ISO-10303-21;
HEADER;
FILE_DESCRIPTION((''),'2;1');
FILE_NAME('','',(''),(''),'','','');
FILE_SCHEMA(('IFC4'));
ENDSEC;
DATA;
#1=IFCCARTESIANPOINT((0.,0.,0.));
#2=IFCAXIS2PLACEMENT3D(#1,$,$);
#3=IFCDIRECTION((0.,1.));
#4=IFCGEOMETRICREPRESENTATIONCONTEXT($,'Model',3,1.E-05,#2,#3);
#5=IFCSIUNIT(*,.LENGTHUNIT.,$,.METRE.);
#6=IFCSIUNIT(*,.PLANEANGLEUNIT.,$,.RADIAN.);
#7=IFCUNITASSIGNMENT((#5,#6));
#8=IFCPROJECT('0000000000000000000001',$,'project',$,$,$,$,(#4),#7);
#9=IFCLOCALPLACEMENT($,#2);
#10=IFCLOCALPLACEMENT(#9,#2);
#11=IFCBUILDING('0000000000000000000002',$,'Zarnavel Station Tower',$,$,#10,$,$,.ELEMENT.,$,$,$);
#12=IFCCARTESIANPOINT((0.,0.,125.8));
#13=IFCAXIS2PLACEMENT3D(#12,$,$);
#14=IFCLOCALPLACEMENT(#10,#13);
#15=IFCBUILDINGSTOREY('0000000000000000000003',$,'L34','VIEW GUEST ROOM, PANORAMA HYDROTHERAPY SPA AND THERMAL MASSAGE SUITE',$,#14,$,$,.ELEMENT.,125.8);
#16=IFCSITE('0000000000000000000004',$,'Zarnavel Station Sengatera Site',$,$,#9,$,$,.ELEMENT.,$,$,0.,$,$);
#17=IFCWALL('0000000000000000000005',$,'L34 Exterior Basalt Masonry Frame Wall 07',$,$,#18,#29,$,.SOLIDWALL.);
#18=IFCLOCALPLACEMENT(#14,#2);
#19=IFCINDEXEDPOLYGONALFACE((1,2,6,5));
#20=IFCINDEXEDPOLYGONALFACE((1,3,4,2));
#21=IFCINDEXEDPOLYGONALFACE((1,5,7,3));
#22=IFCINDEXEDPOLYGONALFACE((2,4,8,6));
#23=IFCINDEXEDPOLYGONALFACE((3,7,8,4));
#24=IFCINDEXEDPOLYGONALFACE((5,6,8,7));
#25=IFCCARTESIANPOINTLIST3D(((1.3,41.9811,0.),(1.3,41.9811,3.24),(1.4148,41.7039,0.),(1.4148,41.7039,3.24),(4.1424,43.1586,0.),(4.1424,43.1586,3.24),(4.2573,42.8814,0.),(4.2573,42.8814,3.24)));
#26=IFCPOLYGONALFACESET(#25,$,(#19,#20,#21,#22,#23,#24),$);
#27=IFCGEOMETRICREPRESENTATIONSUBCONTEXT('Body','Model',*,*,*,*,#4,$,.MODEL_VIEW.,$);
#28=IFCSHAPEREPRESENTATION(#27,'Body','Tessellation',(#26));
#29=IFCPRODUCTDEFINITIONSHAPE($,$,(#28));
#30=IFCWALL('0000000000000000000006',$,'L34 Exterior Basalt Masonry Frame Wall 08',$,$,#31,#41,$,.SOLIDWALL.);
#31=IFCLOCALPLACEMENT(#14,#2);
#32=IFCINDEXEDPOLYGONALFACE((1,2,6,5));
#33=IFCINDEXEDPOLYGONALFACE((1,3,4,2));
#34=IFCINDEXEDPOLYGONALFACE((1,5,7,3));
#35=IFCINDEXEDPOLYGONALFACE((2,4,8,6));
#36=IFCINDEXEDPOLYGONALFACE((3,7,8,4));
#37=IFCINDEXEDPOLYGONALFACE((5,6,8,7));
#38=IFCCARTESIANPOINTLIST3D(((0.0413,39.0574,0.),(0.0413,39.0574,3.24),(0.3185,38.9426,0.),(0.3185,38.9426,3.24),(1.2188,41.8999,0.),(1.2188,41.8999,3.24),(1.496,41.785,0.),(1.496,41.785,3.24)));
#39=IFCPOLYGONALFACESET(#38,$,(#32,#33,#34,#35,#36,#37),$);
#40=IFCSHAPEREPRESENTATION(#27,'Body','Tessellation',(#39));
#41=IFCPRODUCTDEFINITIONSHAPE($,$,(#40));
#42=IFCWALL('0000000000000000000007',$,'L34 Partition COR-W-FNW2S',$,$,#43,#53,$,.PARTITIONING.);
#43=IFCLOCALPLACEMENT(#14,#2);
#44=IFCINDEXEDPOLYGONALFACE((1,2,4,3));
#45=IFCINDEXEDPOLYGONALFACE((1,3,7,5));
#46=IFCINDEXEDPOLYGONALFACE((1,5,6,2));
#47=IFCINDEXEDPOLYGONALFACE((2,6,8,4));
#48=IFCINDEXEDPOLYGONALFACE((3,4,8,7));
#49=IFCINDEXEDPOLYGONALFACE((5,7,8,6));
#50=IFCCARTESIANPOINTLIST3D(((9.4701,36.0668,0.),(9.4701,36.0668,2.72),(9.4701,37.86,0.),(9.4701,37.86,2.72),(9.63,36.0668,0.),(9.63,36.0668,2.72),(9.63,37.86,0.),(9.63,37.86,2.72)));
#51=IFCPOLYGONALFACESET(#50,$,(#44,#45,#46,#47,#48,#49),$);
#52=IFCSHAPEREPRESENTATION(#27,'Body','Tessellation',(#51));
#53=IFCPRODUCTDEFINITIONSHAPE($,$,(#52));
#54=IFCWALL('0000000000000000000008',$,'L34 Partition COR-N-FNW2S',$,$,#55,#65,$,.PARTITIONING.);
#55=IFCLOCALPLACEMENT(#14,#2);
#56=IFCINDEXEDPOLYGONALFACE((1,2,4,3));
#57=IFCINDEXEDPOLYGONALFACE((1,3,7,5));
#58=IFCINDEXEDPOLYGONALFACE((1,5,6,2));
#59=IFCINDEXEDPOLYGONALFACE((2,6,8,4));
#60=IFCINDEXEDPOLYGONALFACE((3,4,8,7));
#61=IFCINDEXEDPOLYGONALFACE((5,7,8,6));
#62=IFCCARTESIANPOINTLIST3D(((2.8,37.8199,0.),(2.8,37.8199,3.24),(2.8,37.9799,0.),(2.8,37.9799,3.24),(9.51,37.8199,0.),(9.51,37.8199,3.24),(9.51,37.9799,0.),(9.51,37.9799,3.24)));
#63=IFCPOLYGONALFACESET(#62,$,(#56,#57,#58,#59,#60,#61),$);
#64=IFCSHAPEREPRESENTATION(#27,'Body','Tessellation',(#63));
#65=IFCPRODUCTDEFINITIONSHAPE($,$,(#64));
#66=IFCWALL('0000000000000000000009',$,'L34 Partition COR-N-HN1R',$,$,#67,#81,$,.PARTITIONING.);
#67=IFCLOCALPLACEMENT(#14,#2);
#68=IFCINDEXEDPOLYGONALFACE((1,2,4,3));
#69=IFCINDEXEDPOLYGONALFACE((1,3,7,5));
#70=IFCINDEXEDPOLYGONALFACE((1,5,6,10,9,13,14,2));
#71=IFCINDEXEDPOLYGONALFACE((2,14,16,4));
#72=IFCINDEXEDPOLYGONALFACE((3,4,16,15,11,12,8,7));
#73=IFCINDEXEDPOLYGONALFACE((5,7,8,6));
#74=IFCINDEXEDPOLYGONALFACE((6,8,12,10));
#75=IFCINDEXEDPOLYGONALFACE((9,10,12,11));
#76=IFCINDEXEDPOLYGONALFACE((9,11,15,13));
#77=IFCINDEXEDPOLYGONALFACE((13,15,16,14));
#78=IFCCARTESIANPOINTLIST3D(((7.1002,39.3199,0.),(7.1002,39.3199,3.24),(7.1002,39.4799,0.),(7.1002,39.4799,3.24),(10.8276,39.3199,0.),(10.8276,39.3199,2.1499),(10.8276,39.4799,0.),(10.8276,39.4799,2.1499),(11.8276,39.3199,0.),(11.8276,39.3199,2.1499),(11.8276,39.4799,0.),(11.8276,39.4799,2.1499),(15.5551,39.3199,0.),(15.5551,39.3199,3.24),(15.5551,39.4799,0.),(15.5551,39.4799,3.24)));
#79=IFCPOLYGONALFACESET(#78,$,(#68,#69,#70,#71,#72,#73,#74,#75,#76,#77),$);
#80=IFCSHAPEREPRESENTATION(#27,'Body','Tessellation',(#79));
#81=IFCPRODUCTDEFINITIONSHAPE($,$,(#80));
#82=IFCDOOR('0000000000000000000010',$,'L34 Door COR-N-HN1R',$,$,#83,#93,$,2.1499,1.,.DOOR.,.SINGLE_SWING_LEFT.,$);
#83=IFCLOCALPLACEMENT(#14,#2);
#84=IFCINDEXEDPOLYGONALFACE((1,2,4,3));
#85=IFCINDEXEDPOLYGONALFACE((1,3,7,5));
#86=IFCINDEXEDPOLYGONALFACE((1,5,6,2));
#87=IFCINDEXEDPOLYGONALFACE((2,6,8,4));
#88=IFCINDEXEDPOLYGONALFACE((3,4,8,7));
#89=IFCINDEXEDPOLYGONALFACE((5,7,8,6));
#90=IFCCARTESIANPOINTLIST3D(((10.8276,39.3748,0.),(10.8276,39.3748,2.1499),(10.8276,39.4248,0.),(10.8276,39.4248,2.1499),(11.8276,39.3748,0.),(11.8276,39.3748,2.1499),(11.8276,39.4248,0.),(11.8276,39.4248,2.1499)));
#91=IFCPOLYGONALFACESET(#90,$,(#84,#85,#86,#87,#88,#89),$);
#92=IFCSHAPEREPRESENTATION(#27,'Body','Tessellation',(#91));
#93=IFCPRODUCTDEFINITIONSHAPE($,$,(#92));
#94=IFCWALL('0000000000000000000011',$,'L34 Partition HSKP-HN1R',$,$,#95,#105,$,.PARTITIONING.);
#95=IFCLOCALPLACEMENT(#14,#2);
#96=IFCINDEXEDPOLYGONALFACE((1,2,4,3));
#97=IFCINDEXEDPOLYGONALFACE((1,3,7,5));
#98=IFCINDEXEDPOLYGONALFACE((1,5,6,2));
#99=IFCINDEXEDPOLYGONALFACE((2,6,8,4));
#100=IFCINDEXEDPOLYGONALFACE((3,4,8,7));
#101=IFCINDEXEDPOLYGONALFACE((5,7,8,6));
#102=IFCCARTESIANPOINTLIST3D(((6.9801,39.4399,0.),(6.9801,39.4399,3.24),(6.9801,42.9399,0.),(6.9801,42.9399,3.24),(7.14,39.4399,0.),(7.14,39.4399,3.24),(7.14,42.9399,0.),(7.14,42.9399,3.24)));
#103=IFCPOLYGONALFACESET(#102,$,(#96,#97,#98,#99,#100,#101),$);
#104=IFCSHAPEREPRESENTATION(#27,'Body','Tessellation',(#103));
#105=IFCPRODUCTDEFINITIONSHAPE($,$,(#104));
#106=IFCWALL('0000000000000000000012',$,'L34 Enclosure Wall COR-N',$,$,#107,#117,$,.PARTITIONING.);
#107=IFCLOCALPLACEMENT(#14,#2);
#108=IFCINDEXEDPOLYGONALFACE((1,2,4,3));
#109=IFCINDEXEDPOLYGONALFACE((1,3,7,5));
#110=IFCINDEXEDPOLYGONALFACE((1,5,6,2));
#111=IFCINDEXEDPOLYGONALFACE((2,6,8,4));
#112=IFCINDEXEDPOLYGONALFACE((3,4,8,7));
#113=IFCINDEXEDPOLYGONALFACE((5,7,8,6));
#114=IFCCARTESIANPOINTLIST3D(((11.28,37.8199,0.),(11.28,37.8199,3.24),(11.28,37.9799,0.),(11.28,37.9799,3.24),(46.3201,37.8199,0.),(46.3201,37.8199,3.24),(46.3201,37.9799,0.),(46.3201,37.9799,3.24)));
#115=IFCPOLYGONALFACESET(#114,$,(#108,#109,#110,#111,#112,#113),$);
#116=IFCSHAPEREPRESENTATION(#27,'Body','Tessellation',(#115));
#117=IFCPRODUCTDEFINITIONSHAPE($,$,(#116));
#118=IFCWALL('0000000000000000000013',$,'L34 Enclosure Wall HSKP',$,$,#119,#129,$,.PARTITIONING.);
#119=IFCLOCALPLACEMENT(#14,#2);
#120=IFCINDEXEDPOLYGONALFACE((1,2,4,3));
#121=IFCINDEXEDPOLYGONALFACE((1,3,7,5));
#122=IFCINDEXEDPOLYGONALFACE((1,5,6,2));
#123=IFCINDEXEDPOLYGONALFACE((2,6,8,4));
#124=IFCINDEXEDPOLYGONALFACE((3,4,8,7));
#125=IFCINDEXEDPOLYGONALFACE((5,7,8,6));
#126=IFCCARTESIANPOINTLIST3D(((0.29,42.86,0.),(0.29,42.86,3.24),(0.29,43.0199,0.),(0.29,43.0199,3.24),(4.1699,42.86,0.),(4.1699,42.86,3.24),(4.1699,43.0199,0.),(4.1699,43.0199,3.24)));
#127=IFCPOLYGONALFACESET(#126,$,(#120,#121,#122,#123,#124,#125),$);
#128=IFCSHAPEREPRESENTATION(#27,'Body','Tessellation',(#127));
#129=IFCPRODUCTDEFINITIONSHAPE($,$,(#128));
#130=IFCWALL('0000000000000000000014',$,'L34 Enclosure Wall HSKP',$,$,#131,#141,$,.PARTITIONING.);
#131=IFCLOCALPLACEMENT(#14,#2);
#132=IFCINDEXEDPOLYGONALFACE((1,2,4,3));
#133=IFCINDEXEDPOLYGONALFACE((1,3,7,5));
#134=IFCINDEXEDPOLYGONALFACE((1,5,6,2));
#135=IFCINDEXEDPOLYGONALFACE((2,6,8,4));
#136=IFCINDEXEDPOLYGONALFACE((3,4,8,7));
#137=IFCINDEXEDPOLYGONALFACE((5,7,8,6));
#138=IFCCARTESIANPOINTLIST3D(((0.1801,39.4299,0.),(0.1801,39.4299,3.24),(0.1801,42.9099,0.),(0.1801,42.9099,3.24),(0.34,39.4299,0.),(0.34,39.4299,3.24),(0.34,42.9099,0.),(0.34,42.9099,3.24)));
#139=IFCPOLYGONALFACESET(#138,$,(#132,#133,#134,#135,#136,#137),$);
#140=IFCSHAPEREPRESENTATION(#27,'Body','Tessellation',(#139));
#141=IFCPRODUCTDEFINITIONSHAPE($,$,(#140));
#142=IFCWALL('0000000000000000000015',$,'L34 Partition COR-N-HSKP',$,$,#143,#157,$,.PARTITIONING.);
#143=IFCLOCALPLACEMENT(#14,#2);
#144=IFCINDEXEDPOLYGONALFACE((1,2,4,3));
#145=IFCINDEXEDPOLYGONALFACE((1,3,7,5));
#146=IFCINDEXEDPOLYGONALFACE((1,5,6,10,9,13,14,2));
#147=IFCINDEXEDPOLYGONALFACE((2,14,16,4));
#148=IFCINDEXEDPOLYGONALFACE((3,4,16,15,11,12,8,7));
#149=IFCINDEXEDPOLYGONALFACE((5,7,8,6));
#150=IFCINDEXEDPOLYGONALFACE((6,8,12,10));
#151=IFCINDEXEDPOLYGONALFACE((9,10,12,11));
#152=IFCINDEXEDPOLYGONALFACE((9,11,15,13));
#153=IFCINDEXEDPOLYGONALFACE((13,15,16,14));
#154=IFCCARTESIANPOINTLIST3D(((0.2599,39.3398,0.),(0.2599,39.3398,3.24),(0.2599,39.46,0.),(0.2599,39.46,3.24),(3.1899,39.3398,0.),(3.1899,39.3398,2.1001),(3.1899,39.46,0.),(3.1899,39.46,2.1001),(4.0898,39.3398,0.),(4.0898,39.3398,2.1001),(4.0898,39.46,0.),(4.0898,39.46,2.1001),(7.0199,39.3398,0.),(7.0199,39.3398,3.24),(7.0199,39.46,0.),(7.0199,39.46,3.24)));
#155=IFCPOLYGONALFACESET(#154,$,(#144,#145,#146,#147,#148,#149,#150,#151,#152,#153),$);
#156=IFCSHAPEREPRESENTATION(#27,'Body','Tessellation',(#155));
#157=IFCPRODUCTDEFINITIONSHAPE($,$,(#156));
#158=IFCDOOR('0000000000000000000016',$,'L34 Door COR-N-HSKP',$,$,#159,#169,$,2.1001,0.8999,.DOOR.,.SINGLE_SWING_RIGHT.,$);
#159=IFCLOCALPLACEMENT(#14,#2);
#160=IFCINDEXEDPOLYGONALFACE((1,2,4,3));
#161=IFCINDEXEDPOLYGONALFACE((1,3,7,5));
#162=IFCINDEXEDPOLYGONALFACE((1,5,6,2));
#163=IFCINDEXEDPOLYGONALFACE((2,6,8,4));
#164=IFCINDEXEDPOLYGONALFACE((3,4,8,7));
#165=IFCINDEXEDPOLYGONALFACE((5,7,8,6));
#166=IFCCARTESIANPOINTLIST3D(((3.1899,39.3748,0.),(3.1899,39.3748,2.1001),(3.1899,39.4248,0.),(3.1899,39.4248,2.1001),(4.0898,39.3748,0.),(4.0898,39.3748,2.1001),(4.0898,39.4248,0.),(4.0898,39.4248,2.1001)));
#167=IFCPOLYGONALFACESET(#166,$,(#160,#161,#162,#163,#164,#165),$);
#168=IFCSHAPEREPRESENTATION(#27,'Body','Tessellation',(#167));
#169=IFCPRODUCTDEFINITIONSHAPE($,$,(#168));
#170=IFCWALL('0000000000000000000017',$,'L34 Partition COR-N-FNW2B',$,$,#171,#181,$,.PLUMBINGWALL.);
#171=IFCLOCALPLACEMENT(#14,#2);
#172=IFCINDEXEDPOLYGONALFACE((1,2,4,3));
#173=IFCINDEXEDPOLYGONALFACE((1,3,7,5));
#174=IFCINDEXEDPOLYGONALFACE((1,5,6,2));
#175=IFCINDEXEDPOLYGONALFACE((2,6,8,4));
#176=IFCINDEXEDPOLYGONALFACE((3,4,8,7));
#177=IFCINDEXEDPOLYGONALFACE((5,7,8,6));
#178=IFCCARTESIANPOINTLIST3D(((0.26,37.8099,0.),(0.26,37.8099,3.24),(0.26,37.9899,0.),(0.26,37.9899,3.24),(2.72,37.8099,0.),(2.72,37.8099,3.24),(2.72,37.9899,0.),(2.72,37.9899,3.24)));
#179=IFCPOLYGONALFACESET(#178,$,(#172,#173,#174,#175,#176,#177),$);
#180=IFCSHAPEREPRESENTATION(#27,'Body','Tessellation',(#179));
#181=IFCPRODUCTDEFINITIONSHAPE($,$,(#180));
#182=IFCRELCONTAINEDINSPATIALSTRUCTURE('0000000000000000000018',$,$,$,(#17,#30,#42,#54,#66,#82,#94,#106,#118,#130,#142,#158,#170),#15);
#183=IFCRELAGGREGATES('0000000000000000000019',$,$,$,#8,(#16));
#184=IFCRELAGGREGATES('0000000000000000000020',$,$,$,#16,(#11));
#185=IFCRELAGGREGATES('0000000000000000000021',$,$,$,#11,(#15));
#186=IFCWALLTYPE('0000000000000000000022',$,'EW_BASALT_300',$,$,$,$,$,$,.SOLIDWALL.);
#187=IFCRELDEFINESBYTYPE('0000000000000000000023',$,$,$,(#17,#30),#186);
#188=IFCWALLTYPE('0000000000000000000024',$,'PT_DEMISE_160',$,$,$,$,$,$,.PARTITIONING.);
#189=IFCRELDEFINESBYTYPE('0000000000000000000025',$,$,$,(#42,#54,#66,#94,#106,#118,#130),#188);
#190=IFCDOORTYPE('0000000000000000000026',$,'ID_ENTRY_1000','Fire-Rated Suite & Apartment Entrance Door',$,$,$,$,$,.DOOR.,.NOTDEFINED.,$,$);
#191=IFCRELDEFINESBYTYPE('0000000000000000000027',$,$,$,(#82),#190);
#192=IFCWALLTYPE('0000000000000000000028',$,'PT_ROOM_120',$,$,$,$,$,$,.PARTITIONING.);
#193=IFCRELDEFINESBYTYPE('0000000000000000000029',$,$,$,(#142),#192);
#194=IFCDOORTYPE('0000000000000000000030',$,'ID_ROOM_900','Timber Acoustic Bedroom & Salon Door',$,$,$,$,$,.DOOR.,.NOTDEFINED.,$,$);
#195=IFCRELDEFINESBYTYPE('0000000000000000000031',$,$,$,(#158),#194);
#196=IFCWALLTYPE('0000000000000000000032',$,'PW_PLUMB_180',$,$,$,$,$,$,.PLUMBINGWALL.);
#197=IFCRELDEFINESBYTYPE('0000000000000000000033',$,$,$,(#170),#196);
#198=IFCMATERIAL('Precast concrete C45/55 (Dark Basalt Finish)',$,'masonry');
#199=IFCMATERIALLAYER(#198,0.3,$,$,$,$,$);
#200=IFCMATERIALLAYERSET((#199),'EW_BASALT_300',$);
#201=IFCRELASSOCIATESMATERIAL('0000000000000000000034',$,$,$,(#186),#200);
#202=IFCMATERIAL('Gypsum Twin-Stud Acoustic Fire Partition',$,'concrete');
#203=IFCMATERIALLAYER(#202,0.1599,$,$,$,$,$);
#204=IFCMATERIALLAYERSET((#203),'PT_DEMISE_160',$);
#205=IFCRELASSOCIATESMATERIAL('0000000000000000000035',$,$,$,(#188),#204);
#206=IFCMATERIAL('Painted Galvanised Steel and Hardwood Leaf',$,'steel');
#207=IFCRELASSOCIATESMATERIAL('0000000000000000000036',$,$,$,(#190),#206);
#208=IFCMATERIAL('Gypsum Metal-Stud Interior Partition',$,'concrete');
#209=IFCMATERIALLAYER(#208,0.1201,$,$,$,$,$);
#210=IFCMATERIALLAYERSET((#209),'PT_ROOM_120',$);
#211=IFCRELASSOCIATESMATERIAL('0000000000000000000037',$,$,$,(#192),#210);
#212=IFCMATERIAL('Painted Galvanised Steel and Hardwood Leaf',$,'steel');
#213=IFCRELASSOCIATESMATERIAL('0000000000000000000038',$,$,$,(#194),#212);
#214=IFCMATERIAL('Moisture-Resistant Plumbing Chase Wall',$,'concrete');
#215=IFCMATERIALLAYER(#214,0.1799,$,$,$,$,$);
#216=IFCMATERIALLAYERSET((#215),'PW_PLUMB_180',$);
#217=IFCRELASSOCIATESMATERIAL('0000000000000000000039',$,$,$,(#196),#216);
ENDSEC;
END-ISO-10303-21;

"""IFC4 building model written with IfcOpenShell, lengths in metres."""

from ifc_helpers import new_model, si_unit, direction, frame, frame_2d, origin, place, context, subcontext, project, spatial, rectangle, extrude, material, layer, layer_set, type_object, element, fill, save


model = new_model("IFC4")

# Units and contexts
model_context = context("Model", 3, precision=1e-05, world=origin(), true_north=direction((0.0, 1.0)))
body_context = subcontext(model_context, "Body", "Model", "MODEL_VIEW")
ifc_project = project(units=[si_unit("LENGTHUNIT", "METRE"), si_unit("PLANEANGLEUNIT", "RADIAN")], contexts=[model_context])

# Site, building, storey
site_placement = place(None, origin())
site = spatial("IfcSite", under=ifc_project, at=site_placement, Name="Zarnavel Station Sengatera Site", CompositionType="ELEMENT", RefElevation=0.0)
building_placement = place(site_placement, origin())
building = spatial("IfcBuilding", under=site, at=building_placement, Name="Zarnavel Station Tower", CompositionType="ELEMENT")
storey_placement = place(building_placement, frame((0.0, 0.0, 125.8)))
storey = spatial("IfcBuildingStorey", under=building, at=storey_placement, Name="L34", Description="VIEW GUEST ROOM, PANORAMA HYDROTHERAPY SPA AND THERMAL MASSAGE SUITE", CompositionType="ELEMENT", Elevation=125.8)

# Shared definitions
ifc_material_1 = material(Name="Precast concrete C45/55 (Dark Basalt Finish)", Category="masonry")
ifc_layer_1 = layer(ifc_material_1, 0.3)
ifc_layer_set_1 = layer_set([ifc_layer_1], Name="EW_BASALT_300")
wall_type_1 = type_object("IfcWallType", Name="EW_BASALT_300", PredefinedType="SOLIDWALL", material=ifc_layer_set_1)

# Walls
for number, where, z_axis, x_axis, name in (
    (1, (1.3574, 41.8425, 0.0), (0.0, 0.0, 1.0), (0.923871, 0.382705, 0.0), "L34 Exterior Basalt Masonry Frame Wall 07"),
    (2, (0.1799, 39.0, 0.0), (0.0, 0.0, 1.0), (0.382705, 0.923871, 0.0), "L34 Exterior Basalt Masonry Frame Wall 08"),
):
    element("IfcWall", number, at=place(storey_placement, frame(where, z_axis=z_axis, x_axis=x_axis)), inside=storey, type_object=wall_type_1, Name=name, PredefinedType="SOLIDWALL", context=body_context, shape_type="SweptSolid", body=[
        extrude(rectangle(XDim=3.0767, YDim=0.3, at=frame_2d((1.5383, 0.0))), origin(), (0.0, 0.0, 1.0), 3.24),
    ])
ifc_material_2 = material(Name="Gypsum Twin-Stud Acoustic Fire Partition", Category="concrete")
ifc_layer_2 = layer(ifc_material_2, 0.1599)
ifc_layer_set_2 = layer_set([ifc_layer_2], Name="PT_DEMISE_160")
wall_type_2 = type_object("IfcWallType", Name="PT_DEMISE_160", PredefinedType="PARTITIONING", material=ifc_layer_set_2)
wall_1_placement = place(storey_placement, frame((9.55, 36.0669, 0.0), z_axis=(0.0, 0.0, 1.0), x_axis=(0.0, 1.0, 0.0)))
element("IfcWall", 3, at=wall_1_placement, inside=storey, type_object=wall_type_2, Name="L34 Partition COR-W-FNW2S", PredefinedType="PARTITIONING", context=body_context, shape_type="SweptSolid", body=[
    extrude(rectangle(XDim=1.7932, YDim=0.1599, at=frame_2d((0.8965, 0.0))), origin(), (0.0, 0.0, 1.0), 2.72),
])
wall_2_placement = place(storey_placement, frame((2.8, 37.8999, 0.0), z_axis=(0.0, 0.0, 1.0), x_axis=(1.0, 0.0, 0.0)))
element("IfcWall", 4, at=wall_2_placement, inside=storey, type_object=wall_type_2, Name="L34 Partition COR-N-FNW2S", PredefinedType="PARTITIONING", context=body_context, shape_type="SweptSolid", body=[
    extrude(rectangle(XDim=6.71, YDim=0.1599, at=frame_2d((3.355, 0.0))), origin(), (0.0, 0.0, 1.0), 3.24),
])

# Wall, opening, door
wall_3_placement = place(storey_placement, frame((7.1001, 39.3999, 0.0), z_axis=(0.0, 0.0, 1.0), x_axis=(1.0, 0.0, 0.0)))
wall_3 = element("IfcWall", 5, at=wall_3_placement, inside=storey, type_object=wall_type_2, Name="L34 Partition COR-N-HN1R", PredefinedType="PARTITIONING", context=body_context, shape_type="SweptSolid", body=[
    extrude(rectangle(XDim=8.4548, YDim=0.1599, at=frame_2d((4.2275, 0.0))), origin(), (0.0, 0.0, 1.0), 3.24),
])
opening_1_placement = place(wall_3_placement, frame((3.7275, 0.0, 0.0)))
opening_1 = element("IfcOpeningElement", 6, at=opening_1_placement, cuts=wall_3, PredefinedType="OPENING", context=body_context, shape_type="SweptSolid", body=[
    extrude(rectangle(XDim=1.0, YDim=2.1499, at=frame_2d((0.5, 1.075))), frame((0.0, 0.0898, 0.0), z_axis=(0.0, -1.0, 0.0), x_axis=(1.0, 0.0, 0.0)), (0.0, 0.0, 1.0), 0.1799),
])
ifc_material_3 = material(Name="Painted Galvanised Steel and Hardwood Leaf", Category="steel")
door_type_1 = type_object("IfcDoorType", Name="ID_ENTRY_1000", Description="Fire-Rated Suite & Apartment Entrance Door", OperationType="NOTDEFINED", PredefinedType="DOOR", material=ifc_material_3)
door_1_placement = place(opening_1_placement, origin())
door_1 = element("IfcDoor", 7, at=door_1_placement, inside=storey, type_object=door_type_1, Name="L34 Door COR-N-HN1R", OperationType="SINGLE_SWING_LEFT", OverallHeight=2.1499, OverallWidth=1.0, PredefinedType="DOOR", context=body_context, shape_type="SweptSolid", body=[
    extrude(rectangle(XDim=1.0, YDim=2.1499, at=frame_2d((0.5, 1.075))), frame((0.0, 0.0249, 0.0), z_axis=(0.0, -1.0, 0.0), x_axis=(1.0, 0.0, 0.0)), (0.0, 0.0, 1.0), 0.05),
])
fill(opening_1, door_1)

# Walls
wall_4_placement = place(storey_placement, frame((7.0601, 39.4399, 0.0), z_axis=(0.0, 0.0, 1.0), x_axis=(0.0, 1.0, 0.0)))
element("IfcWall", 8, at=wall_4_placement, inside=storey, type_object=wall_type_2, Name="L34 Partition HSKP-HN1R", PredefinedType="PARTITIONING", context=body_context, shape_type="SweptSolid", body=[
    extrude(rectangle(XDim=3.5, YDim=0.1599, at=frame_2d((1.75, 0.0))), origin(), (0.0, 0.0, 1.0), 3.24),
])
wall_5_placement = place(storey_placement, frame((11.28, 37.8999, 0.0), z_axis=(0.0, 0.0, 1.0), x_axis=(1.0, 0.0, 0.0)))
element("IfcWall", 9, at=wall_5_placement, inside=storey, type_object=wall_type_2, Name="L34 Enclosure Wall COR-N", PredefinedType="PARTITIONING", context=body_context, shape_type="SweptSolid", body=[
    extrude(rectangle(XDim=35.04, YDim=0.1599, at=frame_2d((17.52, 0.0))), origin(), (0.0, 0.0, 1.0), 3.24),
])
wall_6_placement = place(storey_placement, frame((0.29, 42.9399, 0.0), z_axis=(0.0, 0.0, 1.0), x_axis=(1.0, 0.0, 0.0)))
element("IfcWall", 10, at=wall_6_placement, inside=storey, type_object=wall_type_2, Name="L34 Enclosure Wall HSKP", PredefinedType="PARTITIONING", context=body_context, shape_type="SweptSolid", body=[
    extrude(rectangle(XDim=3.8799, YDim=0.1599, at=frame_2d((1.9399, 0.0))), origin(), (0.0, 0.0, 1.0), 3.24),
])
wall_7_placement = place(storey_placement, frame((0.26, 39.4299, 0.0), z_axis=(0.0, 0.0, 1.0), x_axis=(0.0, 1.0, 0.0)))
element("IfcWall", 11, at=wall_7_placement, inside=storey, type_object=wall_type_2, Name="L34 Enclosure Wall HSKP", PredefinedType="PARTITIONING", context=body_context, shape_type="SweptSolid", body=[
    extrude(rectangle(XDim=3.48, YDim=0.1599, at=frame_2d((1.74, 0.0))), origin(), (0.0, 0.0, 1.0), 3.24),
])

# Wall, opening, door
ifc_material_4 = material(Name="Gypsum Metal-Stud Interior Partition", Category="concrete")
ifc_layer_3 = layer(ifc_material_4, 0.1201)
ifc_layer_set_3 = layer_set([ifc_layer_3], Name="PT_ROOM_120")
wall_type_3 = type_object("IfcWallType", Name="PT_ROOM_120", PredefinedType="PARTITIONING", material=ifc_layer_set_3)
wall_8_placement = place(storey_placement, frame((0.26, 39.3999, 0.0), z_axis=(0.0, 0.0, 1.0), x_axis=(1.0, 0.0, 0.0)))
wall_8 = element("IfcWall", 12, at=wall_8_placement, inside=storey, type_object=wall_type_3, Name="L34 Partition COR-N-HSKP", PredefinedType="PARTITIONING", context=body_context, shape_type="SweptSolid", body=[
    extrude(rectangle(XDim=6.76, YDim=0.1201, at=frame_2d((3.3799, 0.0))), origin(), (0.0, 0.0, 1.0), 3.24),
])
opening_2_placement = place(wall_8_placement, frame((2.9299, 0.0, 0.0)))
opening_2 = element("IfcOpeningElement", 13, at=opening_2_placement, cuts=wall_8, PredefinedType="OPENING", context=body_context, shape_type="SweptSolid", body=[
    extrude(rectangle(XDim=0.8999, YDim=2.1001, at=frame_2d((0.45, 1.05))), frame((0.0, 0.0701, 0.0), z_axis=(0.0, -1.0, 0.0), x_axis=(1.0, 0.0, 0.0)), (0.0, 0.0, 1.0), 0.1401),
])
ifc_material_5 = material(Name="Painted Galvanised Steel and Hardwood Leaf", Category="steel")
door_type_2 = type_object("IfcDoorType", Name="ID_ROOM_900", Description="Timber Acoustic Bedroom & Salon Door", OperationType="NOTDEFINED", PredefinedType="DOOR", material=ifc_material_5)
door_2_placement = place(opening_2_placement, origin())
door_2 = element("IfcDoor", 14, at=door_2_placement, inside=storey, type_object=door_type_2, Name="L34 Door COR-N-HSKP", OperationType="SINGLE_SWING_RIGHT", OverallHeight=2.1001, OverallWidth=0.8999, PredefinedType="DOOR", context=body_context, shape_type="SweptSolid", body=[
    extrude(rectangle(XDim=0.8999, YDim=2.1001, at=frame_2d((0.45, 1.05))), frame((0.0, 0.0249, 0.0), z_axis=(0.0, -1.0, 0.0), x_axis=(1.0, 0.0, 0.0)), (0.0, 0.0, 1.0), 0.05),
])
fill(opening_2, door_2)

# Wall
ifc_material_6 = material(Name="Moisture-Resistant Plumbing Chase Wall", Category="concrete")
ifc_layer_4 = layer(ifc_material_6, 0.1799)
ifc_layer_set_4 = layer_set([ifc_layer_4], Name="PW_PLUMB_180")
wall_type_4 = type_object("IfcWallType", Name="PW_PLUMB_180", PredefinedType="PLUMBINGWALL", material=ifc_layer_set_4)
wall_9_placement = place(storey_placement, frame((0.26, 37.8999, 0.0), z_axis=(0.0, 0.0, 1.0), x_axis=(1.0, 0.0, 0.0)))
element("IfcWall", 15, at=wall_9_placement, inside=storey, type_object=wall_type_4, Name="L34 Partition COR-N-FNW2B", PredefinedType="PLUMBINGWALL", context=body_context, shape_type="SweptSolid", body=[
    extrude(rectangle(XDim=2.46, YDim=0.1799, at=frame_2d((1.23, 0.0))), origin(), (0.0, 0.0, 1.0), 3.24),
])

save(model, "model.ifc")
